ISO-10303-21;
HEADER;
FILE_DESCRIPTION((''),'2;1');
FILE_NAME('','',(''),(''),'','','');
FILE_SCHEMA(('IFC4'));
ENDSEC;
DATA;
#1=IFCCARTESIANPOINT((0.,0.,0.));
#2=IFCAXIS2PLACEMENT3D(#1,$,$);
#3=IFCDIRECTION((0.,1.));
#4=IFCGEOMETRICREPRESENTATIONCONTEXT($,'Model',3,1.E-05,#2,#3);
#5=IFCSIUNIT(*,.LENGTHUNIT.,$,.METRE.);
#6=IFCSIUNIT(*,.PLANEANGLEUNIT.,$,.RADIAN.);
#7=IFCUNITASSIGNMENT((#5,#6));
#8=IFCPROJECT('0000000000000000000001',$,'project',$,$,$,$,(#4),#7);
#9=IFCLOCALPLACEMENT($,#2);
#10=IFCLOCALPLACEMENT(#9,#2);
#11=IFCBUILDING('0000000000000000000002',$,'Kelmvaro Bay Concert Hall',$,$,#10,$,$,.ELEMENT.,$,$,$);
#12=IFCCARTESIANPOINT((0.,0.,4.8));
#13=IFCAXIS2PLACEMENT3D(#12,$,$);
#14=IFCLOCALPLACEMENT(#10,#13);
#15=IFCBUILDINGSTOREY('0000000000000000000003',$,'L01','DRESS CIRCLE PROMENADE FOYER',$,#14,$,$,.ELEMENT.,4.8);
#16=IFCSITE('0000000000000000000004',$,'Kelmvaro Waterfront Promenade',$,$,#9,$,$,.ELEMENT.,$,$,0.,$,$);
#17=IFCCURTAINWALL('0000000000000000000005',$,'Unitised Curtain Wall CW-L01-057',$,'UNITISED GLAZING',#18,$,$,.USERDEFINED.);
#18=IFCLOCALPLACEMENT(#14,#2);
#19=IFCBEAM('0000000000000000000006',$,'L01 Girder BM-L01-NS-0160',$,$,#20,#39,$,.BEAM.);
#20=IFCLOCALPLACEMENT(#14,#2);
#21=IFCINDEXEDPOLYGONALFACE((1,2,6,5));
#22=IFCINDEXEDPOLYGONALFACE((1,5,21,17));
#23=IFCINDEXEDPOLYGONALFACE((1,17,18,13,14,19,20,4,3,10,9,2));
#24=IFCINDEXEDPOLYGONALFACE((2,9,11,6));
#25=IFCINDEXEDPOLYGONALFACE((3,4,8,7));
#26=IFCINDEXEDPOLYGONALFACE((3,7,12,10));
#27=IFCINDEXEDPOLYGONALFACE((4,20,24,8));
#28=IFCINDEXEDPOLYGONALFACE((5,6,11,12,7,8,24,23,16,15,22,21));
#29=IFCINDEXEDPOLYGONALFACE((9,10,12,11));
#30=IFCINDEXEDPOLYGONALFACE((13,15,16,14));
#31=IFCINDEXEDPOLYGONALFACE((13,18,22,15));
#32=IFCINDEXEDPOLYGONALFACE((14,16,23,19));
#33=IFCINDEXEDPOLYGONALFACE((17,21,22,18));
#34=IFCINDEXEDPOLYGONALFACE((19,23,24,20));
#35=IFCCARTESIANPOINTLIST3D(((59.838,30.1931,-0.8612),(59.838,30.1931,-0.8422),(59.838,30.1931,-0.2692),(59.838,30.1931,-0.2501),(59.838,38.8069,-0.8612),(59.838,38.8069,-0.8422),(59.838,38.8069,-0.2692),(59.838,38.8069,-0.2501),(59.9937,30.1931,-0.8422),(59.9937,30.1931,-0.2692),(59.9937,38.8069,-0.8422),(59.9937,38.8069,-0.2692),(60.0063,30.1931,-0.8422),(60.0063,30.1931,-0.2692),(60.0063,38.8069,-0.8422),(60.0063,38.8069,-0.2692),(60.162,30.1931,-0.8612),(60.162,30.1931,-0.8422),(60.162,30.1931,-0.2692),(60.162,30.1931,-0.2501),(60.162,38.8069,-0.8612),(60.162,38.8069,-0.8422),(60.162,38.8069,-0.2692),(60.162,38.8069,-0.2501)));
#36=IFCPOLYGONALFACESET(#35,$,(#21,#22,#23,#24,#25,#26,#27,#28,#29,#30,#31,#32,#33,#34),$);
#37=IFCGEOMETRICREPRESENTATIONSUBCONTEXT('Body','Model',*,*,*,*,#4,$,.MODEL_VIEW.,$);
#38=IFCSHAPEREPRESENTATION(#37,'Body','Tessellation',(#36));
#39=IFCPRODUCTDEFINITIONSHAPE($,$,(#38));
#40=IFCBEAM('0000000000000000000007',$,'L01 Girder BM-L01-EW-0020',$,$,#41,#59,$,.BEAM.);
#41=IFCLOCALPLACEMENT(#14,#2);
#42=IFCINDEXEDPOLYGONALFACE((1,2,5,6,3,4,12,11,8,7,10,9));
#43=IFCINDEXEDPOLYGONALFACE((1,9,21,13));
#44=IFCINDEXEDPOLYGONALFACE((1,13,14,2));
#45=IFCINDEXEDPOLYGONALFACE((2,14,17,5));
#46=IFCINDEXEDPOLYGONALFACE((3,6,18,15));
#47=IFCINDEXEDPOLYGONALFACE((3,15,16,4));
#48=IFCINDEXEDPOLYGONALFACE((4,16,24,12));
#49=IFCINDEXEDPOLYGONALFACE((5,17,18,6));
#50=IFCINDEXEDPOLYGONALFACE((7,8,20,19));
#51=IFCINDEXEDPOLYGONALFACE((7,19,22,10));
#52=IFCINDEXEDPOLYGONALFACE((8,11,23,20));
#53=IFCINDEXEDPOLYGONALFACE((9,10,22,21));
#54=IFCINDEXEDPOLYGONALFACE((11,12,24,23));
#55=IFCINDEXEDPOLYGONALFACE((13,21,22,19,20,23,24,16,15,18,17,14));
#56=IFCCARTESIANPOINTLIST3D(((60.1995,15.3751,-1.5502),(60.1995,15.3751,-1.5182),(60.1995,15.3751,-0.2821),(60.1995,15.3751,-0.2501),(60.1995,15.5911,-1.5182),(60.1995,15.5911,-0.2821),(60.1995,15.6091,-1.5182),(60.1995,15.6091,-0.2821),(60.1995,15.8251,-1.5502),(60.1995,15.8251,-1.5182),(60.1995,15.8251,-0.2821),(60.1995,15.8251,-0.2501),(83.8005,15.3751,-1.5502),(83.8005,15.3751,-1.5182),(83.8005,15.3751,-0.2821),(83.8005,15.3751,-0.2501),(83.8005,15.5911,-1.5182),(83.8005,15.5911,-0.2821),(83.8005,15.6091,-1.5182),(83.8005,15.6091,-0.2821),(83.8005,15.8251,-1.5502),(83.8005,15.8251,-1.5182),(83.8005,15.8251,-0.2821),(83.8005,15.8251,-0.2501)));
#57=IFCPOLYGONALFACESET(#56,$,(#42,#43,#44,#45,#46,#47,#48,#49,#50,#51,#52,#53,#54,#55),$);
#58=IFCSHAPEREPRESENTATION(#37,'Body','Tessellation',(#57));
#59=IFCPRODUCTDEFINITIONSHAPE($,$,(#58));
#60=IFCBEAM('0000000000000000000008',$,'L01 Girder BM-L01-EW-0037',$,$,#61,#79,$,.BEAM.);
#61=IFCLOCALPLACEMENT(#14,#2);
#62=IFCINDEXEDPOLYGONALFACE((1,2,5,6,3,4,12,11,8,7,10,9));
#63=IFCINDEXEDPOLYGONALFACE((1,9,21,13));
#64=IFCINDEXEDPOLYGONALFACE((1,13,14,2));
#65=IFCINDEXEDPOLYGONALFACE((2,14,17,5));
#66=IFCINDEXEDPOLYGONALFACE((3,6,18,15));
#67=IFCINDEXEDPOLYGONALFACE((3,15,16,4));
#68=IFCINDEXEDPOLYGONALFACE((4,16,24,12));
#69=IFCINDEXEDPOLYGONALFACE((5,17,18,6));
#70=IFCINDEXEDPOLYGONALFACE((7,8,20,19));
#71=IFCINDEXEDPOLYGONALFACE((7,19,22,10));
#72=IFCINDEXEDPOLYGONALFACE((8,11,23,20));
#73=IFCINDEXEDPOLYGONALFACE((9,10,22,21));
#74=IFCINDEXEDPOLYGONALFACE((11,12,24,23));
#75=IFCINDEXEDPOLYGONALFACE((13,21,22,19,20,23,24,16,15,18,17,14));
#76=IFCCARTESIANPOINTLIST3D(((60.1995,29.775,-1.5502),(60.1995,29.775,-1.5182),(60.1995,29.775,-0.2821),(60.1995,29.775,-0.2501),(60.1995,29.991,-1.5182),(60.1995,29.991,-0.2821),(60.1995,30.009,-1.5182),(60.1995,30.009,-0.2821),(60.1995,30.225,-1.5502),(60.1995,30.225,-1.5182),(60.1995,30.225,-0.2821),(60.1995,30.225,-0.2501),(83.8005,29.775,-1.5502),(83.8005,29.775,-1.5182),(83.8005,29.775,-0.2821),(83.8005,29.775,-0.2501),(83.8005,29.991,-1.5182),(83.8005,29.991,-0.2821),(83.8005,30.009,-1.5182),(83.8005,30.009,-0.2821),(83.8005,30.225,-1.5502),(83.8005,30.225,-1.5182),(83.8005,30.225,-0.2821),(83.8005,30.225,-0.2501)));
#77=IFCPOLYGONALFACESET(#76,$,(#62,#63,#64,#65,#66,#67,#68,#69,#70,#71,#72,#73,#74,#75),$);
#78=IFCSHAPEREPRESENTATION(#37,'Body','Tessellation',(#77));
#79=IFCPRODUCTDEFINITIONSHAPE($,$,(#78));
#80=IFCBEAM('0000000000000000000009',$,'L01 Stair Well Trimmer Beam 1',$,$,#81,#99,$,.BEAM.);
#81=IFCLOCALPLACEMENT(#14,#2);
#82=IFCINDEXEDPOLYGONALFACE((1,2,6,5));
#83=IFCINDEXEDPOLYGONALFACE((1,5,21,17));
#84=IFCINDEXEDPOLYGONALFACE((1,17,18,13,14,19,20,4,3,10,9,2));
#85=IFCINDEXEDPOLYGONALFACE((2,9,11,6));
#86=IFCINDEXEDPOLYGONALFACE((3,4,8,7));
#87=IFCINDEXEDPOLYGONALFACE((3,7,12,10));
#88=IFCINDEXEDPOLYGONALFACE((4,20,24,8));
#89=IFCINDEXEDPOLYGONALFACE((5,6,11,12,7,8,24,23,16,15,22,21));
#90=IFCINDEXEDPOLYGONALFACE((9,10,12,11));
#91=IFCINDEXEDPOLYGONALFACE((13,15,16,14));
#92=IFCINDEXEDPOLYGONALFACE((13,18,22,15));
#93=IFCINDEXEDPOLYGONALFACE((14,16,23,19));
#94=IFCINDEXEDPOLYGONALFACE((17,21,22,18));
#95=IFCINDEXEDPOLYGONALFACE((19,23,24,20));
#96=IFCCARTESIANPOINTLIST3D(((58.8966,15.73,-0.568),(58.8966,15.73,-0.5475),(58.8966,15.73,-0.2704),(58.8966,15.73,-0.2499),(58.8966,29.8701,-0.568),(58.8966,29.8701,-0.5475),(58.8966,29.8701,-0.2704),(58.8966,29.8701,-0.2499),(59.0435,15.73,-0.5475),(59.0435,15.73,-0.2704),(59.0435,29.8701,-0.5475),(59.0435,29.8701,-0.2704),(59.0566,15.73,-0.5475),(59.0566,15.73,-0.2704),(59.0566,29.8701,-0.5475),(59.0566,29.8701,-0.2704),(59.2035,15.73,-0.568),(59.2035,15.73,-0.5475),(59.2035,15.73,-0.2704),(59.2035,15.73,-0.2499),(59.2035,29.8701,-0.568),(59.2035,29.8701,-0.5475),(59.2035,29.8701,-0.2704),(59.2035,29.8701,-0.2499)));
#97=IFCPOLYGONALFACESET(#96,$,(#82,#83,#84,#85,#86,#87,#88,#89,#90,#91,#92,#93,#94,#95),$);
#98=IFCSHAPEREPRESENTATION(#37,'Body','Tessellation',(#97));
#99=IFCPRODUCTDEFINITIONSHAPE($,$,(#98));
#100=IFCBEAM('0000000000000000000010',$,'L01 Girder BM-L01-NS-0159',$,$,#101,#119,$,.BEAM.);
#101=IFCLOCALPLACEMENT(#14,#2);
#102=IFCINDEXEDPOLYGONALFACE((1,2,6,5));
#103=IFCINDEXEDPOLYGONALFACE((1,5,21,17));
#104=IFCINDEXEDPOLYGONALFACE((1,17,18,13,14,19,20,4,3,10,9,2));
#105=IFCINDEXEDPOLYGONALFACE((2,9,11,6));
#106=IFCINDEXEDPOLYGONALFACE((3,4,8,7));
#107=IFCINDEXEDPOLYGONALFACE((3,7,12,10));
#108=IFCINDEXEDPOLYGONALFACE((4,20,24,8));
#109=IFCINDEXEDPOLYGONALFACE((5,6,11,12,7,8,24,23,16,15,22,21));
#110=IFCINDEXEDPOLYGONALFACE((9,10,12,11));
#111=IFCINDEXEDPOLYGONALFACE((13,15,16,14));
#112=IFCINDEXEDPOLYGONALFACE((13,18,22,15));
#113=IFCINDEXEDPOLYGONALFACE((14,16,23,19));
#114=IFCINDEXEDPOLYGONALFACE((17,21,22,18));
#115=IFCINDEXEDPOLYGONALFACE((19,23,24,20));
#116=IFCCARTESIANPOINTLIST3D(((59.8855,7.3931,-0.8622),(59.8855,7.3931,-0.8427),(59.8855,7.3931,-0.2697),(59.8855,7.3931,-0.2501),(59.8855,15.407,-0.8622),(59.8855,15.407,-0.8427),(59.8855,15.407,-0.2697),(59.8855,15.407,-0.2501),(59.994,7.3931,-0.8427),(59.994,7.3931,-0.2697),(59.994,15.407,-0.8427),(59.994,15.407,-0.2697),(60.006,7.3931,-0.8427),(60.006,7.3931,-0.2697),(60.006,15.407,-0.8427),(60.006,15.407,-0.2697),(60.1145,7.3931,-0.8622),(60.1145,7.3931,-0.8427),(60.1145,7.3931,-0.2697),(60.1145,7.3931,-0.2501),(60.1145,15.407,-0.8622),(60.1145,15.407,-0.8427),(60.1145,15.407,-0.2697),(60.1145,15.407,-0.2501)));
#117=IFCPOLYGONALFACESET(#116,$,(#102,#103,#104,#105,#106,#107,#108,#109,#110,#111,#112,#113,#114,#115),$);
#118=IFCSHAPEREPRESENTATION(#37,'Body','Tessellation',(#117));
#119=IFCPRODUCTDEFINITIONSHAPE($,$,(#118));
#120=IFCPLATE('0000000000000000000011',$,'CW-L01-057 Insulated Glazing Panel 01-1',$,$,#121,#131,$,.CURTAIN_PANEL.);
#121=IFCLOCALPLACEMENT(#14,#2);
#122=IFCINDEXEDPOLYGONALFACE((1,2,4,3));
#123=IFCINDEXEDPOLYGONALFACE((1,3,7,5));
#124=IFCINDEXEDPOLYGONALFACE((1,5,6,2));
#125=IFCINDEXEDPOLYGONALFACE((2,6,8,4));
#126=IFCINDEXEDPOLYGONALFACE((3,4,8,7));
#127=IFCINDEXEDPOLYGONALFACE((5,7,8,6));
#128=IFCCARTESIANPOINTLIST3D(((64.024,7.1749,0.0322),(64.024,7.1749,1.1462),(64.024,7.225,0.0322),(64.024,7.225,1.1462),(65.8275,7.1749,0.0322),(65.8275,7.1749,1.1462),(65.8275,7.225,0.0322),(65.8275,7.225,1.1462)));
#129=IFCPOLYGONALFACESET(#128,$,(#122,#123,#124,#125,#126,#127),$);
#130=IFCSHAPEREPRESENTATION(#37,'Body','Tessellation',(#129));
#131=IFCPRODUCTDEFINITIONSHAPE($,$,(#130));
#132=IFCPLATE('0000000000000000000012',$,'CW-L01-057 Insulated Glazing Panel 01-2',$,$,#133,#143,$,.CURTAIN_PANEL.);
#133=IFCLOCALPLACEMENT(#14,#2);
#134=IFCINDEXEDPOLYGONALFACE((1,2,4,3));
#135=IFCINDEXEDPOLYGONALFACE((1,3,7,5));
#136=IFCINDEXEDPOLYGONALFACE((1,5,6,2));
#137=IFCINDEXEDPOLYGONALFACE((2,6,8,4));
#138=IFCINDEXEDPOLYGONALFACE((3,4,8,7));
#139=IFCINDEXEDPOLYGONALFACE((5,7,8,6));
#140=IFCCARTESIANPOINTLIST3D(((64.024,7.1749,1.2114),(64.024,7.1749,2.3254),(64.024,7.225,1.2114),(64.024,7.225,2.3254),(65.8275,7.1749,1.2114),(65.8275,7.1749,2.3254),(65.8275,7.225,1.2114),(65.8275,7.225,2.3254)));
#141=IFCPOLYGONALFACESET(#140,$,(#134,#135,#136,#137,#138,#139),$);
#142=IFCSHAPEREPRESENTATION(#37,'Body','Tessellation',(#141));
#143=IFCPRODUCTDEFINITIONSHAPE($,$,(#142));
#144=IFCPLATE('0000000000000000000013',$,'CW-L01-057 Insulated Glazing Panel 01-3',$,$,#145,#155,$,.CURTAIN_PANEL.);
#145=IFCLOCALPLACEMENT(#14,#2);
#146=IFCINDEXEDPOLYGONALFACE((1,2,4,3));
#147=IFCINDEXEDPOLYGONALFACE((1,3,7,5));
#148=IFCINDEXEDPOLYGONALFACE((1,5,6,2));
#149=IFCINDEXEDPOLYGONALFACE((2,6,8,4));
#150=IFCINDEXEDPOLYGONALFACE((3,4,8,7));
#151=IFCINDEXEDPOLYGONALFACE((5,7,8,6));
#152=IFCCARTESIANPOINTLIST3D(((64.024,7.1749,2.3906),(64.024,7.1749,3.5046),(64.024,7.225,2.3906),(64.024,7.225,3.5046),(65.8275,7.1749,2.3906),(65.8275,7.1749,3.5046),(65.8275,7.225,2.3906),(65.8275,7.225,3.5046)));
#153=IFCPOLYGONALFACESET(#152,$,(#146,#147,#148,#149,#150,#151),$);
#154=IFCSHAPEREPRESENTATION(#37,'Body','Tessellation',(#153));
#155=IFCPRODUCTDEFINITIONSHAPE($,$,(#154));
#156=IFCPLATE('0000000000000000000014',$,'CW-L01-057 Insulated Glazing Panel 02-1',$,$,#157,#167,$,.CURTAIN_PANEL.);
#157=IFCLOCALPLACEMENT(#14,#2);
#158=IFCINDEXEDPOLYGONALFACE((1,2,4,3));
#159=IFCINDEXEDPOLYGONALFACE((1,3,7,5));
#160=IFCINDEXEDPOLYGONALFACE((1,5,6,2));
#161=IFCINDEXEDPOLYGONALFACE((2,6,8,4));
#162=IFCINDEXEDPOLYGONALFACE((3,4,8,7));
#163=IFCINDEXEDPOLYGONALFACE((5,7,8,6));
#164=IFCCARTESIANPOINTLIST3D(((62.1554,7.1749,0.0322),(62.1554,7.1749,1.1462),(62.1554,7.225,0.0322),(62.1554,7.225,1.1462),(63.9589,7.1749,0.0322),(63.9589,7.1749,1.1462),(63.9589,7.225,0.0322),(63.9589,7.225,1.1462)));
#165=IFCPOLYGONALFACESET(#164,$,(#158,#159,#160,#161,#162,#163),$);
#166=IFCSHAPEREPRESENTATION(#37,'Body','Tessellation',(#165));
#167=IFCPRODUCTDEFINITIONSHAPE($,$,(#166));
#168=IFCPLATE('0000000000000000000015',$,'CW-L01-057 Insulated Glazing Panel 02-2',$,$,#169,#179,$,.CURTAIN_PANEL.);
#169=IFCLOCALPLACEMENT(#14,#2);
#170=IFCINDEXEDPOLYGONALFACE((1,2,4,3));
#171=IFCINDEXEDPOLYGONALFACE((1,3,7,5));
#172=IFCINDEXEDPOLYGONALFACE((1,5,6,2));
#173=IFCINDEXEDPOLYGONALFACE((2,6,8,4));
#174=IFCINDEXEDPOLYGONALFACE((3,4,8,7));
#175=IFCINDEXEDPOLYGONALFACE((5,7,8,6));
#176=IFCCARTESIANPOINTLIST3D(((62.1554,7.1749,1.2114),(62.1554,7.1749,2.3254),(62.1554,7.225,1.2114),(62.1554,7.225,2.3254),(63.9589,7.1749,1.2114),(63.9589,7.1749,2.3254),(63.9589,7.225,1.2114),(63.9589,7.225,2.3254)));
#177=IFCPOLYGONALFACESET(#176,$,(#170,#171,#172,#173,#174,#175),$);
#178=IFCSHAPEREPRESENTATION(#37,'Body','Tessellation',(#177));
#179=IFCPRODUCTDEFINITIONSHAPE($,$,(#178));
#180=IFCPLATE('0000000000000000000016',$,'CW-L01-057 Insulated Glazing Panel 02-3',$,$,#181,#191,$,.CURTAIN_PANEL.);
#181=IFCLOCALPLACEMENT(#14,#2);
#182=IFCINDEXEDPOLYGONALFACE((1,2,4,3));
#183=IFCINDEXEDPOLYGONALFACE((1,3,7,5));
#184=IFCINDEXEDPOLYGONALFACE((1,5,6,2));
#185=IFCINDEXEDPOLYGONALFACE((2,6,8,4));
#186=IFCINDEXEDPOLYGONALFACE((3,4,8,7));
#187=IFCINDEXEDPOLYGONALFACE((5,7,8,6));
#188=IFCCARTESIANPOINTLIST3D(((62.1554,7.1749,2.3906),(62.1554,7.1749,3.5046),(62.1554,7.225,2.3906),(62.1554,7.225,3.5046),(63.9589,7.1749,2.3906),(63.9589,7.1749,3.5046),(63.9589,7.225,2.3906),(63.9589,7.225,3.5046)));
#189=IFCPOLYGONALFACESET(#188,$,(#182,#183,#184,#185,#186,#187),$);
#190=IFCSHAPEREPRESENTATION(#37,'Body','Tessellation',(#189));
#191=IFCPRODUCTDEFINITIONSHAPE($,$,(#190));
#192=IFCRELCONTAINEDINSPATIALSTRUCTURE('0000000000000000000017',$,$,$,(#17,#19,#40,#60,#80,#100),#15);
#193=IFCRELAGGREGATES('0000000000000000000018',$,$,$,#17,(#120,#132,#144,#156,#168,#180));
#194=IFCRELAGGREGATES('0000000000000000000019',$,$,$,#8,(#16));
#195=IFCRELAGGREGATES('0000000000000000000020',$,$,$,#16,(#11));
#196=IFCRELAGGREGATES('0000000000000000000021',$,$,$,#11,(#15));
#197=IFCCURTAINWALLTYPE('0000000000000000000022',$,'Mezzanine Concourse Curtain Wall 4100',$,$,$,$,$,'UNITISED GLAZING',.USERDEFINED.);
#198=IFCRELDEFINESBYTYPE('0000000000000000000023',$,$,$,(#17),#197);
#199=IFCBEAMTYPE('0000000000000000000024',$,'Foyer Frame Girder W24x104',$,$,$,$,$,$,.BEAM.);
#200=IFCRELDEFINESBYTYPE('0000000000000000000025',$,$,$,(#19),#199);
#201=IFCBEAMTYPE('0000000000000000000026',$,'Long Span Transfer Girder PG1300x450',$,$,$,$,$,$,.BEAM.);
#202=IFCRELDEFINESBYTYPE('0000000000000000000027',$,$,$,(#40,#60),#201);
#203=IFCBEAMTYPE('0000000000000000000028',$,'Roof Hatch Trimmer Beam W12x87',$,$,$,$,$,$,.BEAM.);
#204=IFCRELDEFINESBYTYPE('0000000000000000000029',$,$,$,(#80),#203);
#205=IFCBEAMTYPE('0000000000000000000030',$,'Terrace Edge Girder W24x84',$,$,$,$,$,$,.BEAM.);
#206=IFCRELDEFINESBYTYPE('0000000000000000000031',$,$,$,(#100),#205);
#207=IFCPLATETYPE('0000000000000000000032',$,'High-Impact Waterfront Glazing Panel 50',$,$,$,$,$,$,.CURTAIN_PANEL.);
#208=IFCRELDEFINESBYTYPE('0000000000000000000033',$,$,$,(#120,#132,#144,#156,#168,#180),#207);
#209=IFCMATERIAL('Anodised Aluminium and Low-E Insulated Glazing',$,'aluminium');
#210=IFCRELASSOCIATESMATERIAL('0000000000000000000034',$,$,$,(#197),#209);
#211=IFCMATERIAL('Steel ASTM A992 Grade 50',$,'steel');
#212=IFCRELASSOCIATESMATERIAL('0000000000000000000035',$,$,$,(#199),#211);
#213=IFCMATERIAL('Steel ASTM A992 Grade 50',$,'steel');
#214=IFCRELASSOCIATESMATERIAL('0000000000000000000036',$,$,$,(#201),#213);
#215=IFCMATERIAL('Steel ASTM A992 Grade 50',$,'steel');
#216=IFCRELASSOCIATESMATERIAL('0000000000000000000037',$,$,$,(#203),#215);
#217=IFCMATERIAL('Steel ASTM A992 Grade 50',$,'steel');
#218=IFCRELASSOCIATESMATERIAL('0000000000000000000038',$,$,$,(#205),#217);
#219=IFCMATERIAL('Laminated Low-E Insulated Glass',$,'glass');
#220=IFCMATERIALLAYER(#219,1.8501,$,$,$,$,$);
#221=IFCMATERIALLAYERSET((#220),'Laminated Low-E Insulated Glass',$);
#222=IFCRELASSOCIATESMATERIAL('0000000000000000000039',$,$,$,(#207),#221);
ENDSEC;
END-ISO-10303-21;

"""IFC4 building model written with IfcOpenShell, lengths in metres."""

from ifc_helpers import new_model, si_unit, direction, frame, origin, origin_2d, place, context, subcontext, project, spatial, rectangle, i_section, extrude, material, layer, layer_set, material_profile, profile_set, type_object, element, aggregate, save


model = new_model("IFC4")

# Units and contexts
model_context = context("Model", 3, precision=1e-05, world=origin(), true_north=direction((0.0, 1.0)))
body_context = subcontext(model_context, "Body", "Model", "MODEL_VIEW")
ifc_project = project(units=[si_unit("LENGTHUNIT", "METRE"), si_unit("PLANEANGLEUNIT", "RADIAN")], contexts=[model_context])

# Site, building, storey
site_placement = place(None, origin())
site = spatial("IfcSite", under=ifc_project, at=site_placement, Name="Kelmvaro Waterfront Promenade", CompositionType="ELEMENT", RefElevation=0.0)
building_placement = place(site_placement, origin())
building = spatial("IfcBuilding", under=site, at=building_placement, Name="Kelmvaro Bay Concert Hall", CompositionType="ELEMENT")
storey_placement = place(building_placement, frame((0.0, 0.0, 4.8)))
storey = spatial("IfcBuildingStorey", under=building, at=storey_placement, Name="L01", Description="DRESS CIRCLE PROMENADE FOYER", CompositionType="ELEMENT", Elevation=4.8)

# Curtain wall
ifc_material_1 = material(Name="Anodised Aluminium and Low-E Insulated Glazing", Category="aluminium")
curtain_wall_type = type_object("IfcCurtainWallType", Name="Mezzanine Concourse Curtain Wall 4100", ElementType="UNITISED GLAZING", PredefinedType="USERDEFINED", material=ifc_material_1)
curtain_wall_1_placement = place(storey_placement, origin())
curtain_wall_1 = element("IfcCurtainWall", 1, at=curtain_wall_1_placement, inside=storey, type_object=curtain_wall_type, Name="Unitised Curtain Wall CW-L01-057", ObjectType="UNITISED GLAZING", PredefinedType="USERDEFINED")

# Beams
ifc_material_2 = material(Name="Steel ASTM A992 Grade 50", Category="steel")
ifc_material_profile_1 = material_profile(ifc_material_2, i_section(OverallWidth=0.324, OverallDepth=0.6111, WebThickness=0.0127, FlangeThickness=0.019, at=origin_2d()), Name="W24X104")
ifc_profile_set_1 = profile_set([ifc_material_profile_1], Name="Steel ASTM A992 Grade 50")
beam_type_1 = type_object("IfcBeamType", Name="Foyer Frame Girder W24x104", PredefinedType="BEAM", material=ifc_profile_set_1)
beam_1_placement = place(storey_placement, frame((60.0, 30.1931, -0.5557), z_axis=(0.0, 1.0, 0.0), x_axis=(-1.0, 0.0, 0.0)))
element("IfcBeam", 2, at=beam_1_placement, inside=storey, type_object=beam_type_1, Name="L01 Girder BM-L01-NS-0160", PredefinedType="BEAM", context=body_context, shape_type="SweptSolid", body=[
    extrude(i_section(OverallWidth=0.324, OverallDepth=0.6111, WebThickness=0.0127, FlangeThickness=0.019, at=origin_2d()), origin(), (0.0, 0.0, 1.0), 8.6138),
])
ifc_material_3 = material(Name="Steel ASTM A992 Grade 50", Category="steel")
ifc_material_profile_2 = material_profile(ifc_material_3, i_section(OverallWidth=0.45, OverallDepth=1.3, WebThickness=0.0181, FlangeThickness=0.032, at=origin_2d()), Name="PG1300X450")
ifc_profile_set_2 = profile_set([ifc_material_profile_2], Name="Steel ASTM A992 Grade 50")
beam_type_2 = type_object("IfcBeamType", Name="Long Span Transfer Girder PG1300x450", PredefinedType="BEAM", material=ifc_profile_set_2)
for number, where, z_axis, x_axis, name in (
    (3, (60.1995, 15.6001, -0.9001), (1.0, 0.0, 0.0), (0.0, 1.0, 0.0), "L01 Girder BM-L01-EW-0020"),
    (4, (60.1995, 30.0, -0.9001), (1.0, 0.0, 0.0), (0.0, 1.0, 0.0), "L01 Girder BM-L01-EW-0037"),
):
    element("IfcBeam", number, at=place(storey_placement, frame(where, z_axis=z_axis, x_axis=x_axis)), inside=storey, type_object=beam_type_2, Name=name, PredefinedType="BEAM", context=body_context, shape_type="SweptSolid", body=[
        extrude(i_section(OverallWidth=0.45, OverallDepth=1.3, WebThickness=0.0181, FlangeThickness=0.032, at=origin_2d()), origin(), (0.0, 0.0, 1.0), 23.6011),
    ])
ifc_material_4 = material(Name="Steel ASTM A992 Grade 50", Category="steel")
ifc_material_profile_3 = material_profile(ifc_material_4, i_section(OverallWidth=0.3069, OverallDepth=0.3181, WebThickness=0.0132, FlangeThickness=0.0205, at=origin_2d()), Name="W12X87")
ifc_profile_set_3 = profile_set([ifc_material_profile_3], Name="Steel ASTM A992 Grade 50")
beam_type_3 = type_object("IfcBeamType", Name="Roof Hatch Trimmer Beam W12x87", PredefinedType="BEAM", material=ifc_profile_set_3)
beam_2_placement = place(storey_placement, frame((59.05, 15.73, -0.4089), z_axis=(0.0, 1.0, 0.0), x_axis=(-1.0, 0.0, 0.0)))
element("IfcBeam", 5, at=beam_2_placement, inside=storey, type_object=beam_type_3, Name="L01 Stair Well Trimmer Beam 1", PredefinedType="BEAM", context=body_context, shape_type="SweptSolid", body=[
    extrude(i_section(OverallWidth=0.3069, OverallDepth=0.3181, WebThickness=0.0132, FlangeThickness=0.0205, at=origin_2d()), origin(), (0.0, 0.0, 1.0), 14.1401),
])
ifc_material_5 = material(Name="Steel ASTM A992 Grade 50", Category="steel")
ifc_material_profile_4 = material_profile(ifc_material_5, i_section(OverallWidth=0.229, OverallDepth=0.6121, WebThickness=0.012, FlangeThickness=0.0195, at=origin_2d()), Name="W24X84")
ifc_profile_set_4 = profile_set([ifc_material_profile_4], Name="Steel ASTM A992 Grade 50")
beam_type_4 = type_object("IfcBeamType", Name="Terrace Edge Girder W24x84", PredefinedType="BEAM", material=ifc_profile_set_4)
beam_3_placement = place(storey_placement, frame((60.0, 7.3931, -0.5562), z_axis=(0.0, 1.0, 0.0), x_axis=(-1.0, 0.0, 0.0)))
element("IfcBeam", 6, at=beam_3_placement, inside=storey, type_object=beam_type_4, Name="L01 Girder BM-L01-NS-0159", PredefinedType="BEAM", context=body_context, shape_type="SweptSolid", body=[
    extrude(i_section(OverallWidth=0.229, OverallDepth=0.6121, WebThickness=0.012, FlangeThickness=0.0195, at=origin_2d()), origin(), (0.0, 0.0, 1.0), 8.0139),
])

# Plates
ifc_material_6 = material(Name="Laminated Low-E Insulated Glass", Category="glass")
ifc_layer = layer(ifc_material_6, 1.8501)
ifc_layer_set = layer_set([ifc_layer], Name="Laminated Low-E Insulated Glass")
plate_type = type_object("IfcPlateType", Name="High-Impact Waterfront Glazing Panel 50", PredefinedType="CURTAIN_PANEL", material=ifc_layer_set)
plate_1_placement = place(storey_placement, frame((64.9258, 7.2, 0.0322), z_axis=(0.0, 0.0, 1.0), x_axis=(-1.0, 0.0, 0.0)))
plate_1 = element("IfcPlate", 7, at=plate_1_placement, type_object=plate_type, Name="CW-L01-057 Insulated Glazing Panel 01-1", PredefinedType="CURTAIN_PANEL", context=body_context, shape_type="SweptSolid", body=[
    extrude(rectangle(XDim=1.8035, YDim=0.05, at=origin_2d()), origin(), (0.0, 0.0, 1.0), 1.114),
])
plate_2_placement = place(storey_placement, frame((64.9258, 7.2, 1.2114), z_axis=(0.0, 0.0, 1.0), x_axis=(-1.0, 0.0, 0.0)))
plate_2 = element("IfcPlate", 8, at=plate_2_placement, type_object=plate_type, Name="CW-L01-057 Insulated Glazing Panel 01-2", PredefinedType="CURTAIN_PANEL", context=body_context, shape_type="SweptSolid", body=[
    extrude(rectangle(XDim=1.8035, YDim=0.05, at=origin_2d()), origin(), (0.0, 0.0, 1.0), 1.114),
])
plate_3_placement = place(storey_placement, frame((64.9258, 7.2, 2.3906), z_axis=(0.0, 0.0, 1.0), x_axis=(-1.0, 0.0, 0.0)))
plate_3 = element("IfcPlate", 9, at=plate_3_placement, type_object=plate_type, Name="CW-L01-057 Insulated Glazing Panel 01-3", PredefinedType="CURTAIN_PANEL", context=body_context, shape_type="SweptSolid", body=[
    extrude(rectangle(XDim=1.8035, YDim=0.05, at=origin_2d()), origin(), (0.0, 0.0, 1.0), 1.114),
])
plate_4_placement = place(storey_placement, frame((63.0571, 7.2, 0.0322), z_axis=(0.0, 0.0, 1.0), x_axis=(-1.0, 0.0, 0.0)))
plate_4 = element("IfcPlate", 10, at=plate_4_placement, type_object=plate_type, Name="CW-L01-057 Insulated Glazing Panel 02-1", PredefinedType="CURTAIN_PANEL", context=body_context, shape_type="SweptSolid", body=[
    extrude(rectangle(XDim=1.8035, YDim=0.05, at=origin_2d()), origin(), (0.0, 0.0, 1.0), 1.114),
])
plate_5_placement = place(storey_placement, frame((63.0571, 7.2, 1.2114), z_axis=(0.0, 0.0, 1.0), x_axis=(-1.0, 0.0, 0.0)))
plate_5 = element("IfcPlate", 11, at=plate_5_placement, type_object=plate_type, Name="CW-L01-057 Insulated Glazing Panel 02-2", PredefinedType="CURTAIN_PANEL", context=body_context, shape_type="SweptSolid", body=[
    extrude(rectangle(XDim=1.8035, YDim=0.05, at=origin_2d()), origin(), (0.0, 0.0, 1.0), 1.114),
])
plate_6_placement = place(storey_placement, frame((63.0571, 7.2, 2.3906), z_axis=(0.0, 0.0, 1.0), x_axis=(-1.0, 0.0, 0.0)))
plate_6 = element("IfcPlate", 12, at=plate_6_placement, type_object=plate_type, Name="CW-L01-057 Insulated Glazing Panel 02-3", PredefinedType="CURTAIN_PANEL", context=body_context, shape_type="SweptSolid", body=[
    extrude(rectangle(XDim=1.8035, YDim=0.05, at=origin_2d()), origin(), (0.0, 0.0, 1.0), 1.114),
])
aggregate(curtain_wall_1, [plate_1, plate_2, plate_3, plate_4, plate_5, plate_6])

save(model, "model.ifc")
